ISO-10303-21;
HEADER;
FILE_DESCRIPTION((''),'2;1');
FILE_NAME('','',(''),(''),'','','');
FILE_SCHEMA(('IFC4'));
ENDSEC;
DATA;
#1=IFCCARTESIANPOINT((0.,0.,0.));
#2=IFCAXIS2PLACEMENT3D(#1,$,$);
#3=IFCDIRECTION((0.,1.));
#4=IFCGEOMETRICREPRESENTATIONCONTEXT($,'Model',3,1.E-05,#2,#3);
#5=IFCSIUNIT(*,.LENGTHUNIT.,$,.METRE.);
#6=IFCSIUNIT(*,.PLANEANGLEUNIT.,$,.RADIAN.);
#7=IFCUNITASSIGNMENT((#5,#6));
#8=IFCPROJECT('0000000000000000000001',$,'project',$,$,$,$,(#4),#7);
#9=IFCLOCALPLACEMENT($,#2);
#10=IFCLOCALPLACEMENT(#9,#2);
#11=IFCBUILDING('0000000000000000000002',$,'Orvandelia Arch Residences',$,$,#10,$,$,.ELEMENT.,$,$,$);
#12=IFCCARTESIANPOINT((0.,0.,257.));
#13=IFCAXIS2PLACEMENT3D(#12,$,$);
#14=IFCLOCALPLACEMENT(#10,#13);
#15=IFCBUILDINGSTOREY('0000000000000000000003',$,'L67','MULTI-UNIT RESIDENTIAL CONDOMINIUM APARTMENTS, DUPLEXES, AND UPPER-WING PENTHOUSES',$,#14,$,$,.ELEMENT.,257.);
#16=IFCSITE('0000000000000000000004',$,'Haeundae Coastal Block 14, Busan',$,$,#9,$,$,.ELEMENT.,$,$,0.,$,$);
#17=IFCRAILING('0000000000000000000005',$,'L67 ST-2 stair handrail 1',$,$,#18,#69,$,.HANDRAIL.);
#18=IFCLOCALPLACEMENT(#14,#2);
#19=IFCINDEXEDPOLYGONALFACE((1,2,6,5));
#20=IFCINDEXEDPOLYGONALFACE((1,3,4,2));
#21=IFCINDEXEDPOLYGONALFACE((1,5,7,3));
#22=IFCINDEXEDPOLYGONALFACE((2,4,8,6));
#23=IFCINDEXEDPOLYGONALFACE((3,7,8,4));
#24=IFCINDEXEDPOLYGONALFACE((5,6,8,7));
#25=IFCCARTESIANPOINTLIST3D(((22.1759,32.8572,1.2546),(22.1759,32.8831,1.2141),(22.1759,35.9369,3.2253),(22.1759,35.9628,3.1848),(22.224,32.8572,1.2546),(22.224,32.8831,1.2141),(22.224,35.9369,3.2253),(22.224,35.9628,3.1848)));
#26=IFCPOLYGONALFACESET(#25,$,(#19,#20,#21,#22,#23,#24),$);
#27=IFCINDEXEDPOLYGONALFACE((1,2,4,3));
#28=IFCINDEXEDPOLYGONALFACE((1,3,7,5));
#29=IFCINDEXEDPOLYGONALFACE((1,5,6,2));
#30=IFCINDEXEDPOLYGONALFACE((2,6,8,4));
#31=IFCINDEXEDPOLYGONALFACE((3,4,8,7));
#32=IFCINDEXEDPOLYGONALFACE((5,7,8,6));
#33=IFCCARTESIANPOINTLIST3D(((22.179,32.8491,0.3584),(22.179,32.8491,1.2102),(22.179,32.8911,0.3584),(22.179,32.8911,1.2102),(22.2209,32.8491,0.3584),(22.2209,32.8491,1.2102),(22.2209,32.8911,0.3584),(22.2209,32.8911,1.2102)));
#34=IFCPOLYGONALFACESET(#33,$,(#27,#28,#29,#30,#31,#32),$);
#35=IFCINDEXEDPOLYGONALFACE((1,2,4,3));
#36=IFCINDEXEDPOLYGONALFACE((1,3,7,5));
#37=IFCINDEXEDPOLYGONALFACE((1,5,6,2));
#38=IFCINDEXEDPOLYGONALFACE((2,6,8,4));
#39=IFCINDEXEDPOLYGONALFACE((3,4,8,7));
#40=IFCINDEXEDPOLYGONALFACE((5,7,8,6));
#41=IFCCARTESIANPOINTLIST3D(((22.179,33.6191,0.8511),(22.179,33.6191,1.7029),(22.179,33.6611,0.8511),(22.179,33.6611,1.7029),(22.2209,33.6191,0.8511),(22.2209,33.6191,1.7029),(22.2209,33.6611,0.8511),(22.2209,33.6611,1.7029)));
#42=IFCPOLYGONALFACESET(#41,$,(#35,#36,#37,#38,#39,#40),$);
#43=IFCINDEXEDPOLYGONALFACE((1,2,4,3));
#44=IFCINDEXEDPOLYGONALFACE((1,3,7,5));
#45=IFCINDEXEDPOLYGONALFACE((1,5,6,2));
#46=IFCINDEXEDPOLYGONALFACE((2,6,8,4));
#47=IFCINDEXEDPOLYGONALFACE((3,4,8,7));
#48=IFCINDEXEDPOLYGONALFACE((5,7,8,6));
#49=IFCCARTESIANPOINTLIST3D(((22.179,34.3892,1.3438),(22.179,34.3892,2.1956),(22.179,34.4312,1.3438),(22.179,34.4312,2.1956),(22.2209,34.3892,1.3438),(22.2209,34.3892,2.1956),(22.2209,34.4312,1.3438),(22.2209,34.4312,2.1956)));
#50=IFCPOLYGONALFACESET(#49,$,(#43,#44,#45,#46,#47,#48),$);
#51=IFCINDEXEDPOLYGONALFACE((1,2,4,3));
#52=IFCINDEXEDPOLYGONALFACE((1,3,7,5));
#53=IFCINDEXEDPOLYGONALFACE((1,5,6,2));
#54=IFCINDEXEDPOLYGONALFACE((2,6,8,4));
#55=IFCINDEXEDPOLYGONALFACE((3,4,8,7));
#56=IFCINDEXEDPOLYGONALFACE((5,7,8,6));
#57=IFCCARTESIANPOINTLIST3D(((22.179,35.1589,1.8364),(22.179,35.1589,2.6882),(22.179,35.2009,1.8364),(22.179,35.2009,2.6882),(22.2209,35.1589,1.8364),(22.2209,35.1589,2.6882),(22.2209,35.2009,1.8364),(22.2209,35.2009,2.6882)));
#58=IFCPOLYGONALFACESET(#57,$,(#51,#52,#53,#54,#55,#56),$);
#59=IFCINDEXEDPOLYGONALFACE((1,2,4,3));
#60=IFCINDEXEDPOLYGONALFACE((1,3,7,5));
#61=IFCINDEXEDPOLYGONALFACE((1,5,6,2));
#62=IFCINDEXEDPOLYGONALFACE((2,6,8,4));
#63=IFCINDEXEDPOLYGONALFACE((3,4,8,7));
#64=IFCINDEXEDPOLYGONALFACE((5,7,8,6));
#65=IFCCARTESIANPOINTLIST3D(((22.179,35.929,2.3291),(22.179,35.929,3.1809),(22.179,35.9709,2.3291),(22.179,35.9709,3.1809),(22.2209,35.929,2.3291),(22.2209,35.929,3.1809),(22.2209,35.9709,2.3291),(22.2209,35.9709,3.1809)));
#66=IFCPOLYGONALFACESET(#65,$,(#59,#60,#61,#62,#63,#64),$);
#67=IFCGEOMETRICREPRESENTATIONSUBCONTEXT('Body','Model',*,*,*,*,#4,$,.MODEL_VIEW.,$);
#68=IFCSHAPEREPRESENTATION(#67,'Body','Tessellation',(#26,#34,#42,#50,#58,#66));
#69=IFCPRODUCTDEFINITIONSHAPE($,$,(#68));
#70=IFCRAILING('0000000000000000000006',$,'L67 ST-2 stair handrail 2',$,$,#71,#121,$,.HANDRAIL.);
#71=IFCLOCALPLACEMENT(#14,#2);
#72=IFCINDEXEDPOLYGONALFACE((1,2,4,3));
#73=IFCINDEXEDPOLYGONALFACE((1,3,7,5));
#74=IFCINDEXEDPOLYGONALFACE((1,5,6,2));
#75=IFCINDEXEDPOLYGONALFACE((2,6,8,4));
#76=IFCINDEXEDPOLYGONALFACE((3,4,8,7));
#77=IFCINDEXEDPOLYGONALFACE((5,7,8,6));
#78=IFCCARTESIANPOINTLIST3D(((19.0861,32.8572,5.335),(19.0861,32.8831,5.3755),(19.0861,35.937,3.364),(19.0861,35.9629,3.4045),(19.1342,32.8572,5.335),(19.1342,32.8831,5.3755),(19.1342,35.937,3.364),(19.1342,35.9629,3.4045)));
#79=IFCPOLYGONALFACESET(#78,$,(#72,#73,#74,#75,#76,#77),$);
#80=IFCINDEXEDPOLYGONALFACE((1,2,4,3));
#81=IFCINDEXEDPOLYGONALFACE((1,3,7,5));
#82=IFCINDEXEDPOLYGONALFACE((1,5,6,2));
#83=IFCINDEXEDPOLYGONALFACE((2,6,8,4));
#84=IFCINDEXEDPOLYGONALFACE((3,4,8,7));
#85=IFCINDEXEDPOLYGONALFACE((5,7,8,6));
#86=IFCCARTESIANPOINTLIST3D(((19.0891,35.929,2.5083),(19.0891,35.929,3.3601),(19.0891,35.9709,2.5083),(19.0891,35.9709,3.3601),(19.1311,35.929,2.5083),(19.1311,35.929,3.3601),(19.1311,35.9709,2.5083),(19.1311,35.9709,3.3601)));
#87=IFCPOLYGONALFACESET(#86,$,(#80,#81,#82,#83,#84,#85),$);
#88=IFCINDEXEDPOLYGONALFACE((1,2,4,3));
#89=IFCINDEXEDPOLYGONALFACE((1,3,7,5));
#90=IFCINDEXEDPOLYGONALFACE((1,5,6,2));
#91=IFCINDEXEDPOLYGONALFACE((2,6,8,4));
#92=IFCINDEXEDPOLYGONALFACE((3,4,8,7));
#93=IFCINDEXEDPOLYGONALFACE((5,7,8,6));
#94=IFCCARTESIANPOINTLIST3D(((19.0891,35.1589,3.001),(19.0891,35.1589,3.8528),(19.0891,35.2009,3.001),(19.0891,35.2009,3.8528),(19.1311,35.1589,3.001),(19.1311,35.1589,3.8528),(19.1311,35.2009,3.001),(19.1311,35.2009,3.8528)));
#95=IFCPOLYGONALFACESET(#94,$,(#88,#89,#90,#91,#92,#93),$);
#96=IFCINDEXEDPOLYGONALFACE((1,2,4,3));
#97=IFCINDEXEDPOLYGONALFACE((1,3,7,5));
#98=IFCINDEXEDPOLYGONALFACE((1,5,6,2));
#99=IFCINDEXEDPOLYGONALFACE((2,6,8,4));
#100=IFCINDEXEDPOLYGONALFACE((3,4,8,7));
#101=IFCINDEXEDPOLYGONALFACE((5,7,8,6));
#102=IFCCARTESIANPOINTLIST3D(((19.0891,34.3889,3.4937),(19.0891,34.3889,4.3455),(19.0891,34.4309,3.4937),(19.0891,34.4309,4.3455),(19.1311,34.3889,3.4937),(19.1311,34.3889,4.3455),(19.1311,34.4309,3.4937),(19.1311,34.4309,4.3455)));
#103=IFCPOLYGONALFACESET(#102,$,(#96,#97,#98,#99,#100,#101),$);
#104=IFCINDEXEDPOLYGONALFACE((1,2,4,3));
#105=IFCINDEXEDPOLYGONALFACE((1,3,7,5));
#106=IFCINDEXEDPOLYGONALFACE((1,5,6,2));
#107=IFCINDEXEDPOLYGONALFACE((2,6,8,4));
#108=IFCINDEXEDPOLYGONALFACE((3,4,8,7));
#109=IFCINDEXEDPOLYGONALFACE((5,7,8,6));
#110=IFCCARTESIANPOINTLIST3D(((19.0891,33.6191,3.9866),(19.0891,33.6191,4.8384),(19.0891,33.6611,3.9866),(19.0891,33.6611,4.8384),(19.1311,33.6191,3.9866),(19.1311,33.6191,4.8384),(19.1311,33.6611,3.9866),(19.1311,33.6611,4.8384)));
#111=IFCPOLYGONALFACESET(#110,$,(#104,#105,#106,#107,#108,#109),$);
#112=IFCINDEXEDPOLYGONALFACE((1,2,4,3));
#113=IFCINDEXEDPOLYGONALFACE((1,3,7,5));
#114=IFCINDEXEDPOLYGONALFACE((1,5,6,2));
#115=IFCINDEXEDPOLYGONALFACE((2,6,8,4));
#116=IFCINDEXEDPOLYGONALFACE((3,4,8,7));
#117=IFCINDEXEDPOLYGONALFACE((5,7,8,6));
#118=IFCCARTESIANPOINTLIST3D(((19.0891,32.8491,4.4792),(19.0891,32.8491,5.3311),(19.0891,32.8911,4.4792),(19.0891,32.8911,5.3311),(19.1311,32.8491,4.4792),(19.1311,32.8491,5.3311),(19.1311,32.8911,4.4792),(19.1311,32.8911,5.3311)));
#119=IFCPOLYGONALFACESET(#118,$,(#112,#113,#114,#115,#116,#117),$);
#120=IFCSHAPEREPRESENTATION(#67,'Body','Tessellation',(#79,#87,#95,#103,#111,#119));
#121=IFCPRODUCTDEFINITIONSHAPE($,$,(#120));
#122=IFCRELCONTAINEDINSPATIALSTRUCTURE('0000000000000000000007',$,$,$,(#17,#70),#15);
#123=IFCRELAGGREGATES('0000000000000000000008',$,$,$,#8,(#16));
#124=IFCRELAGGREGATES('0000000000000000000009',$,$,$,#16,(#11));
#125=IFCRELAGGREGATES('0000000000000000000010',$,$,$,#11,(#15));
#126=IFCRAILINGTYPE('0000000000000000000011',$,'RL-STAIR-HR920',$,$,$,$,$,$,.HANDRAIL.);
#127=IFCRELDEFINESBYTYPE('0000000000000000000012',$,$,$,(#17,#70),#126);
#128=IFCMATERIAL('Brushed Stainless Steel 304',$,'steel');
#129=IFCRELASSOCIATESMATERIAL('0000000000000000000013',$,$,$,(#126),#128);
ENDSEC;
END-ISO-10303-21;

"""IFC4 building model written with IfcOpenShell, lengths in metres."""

from ifc_helpers import new_model, si_unit, direction, frame, origin, origin_2d, place, context, subcontext, project, spatial, rectangle, extrude, material, type_object, element, save


model = new_model("IFC4")

# Units and contexts
model_context = context("Model", 3, precision=1e-05, world=origin(), true_north=direction((0.0, 1.0)))
body_context = subcontext(model_context, "Body", "Model", "MODEL_VIEW")
ifc_project = project(units=[si_unit("LENGTHUNIT", "METRE"), si_unit("PLANEANGLEUNIT", "RADIAN")], contexts=[model_context])

# Site, building, storey
site_placement = place(None, origin())
site = spatial("IfcSite", under=ifc_project, at=site_placement, Name="Haeundae Coastal Block 14, Busan", CompositionType="ELEMENT", RefElevation=0.0)
building_placement = place(site_placement, origin())
building = spatial("IfcBuilding", under=site, at=building_placement, Name="Orvandelia Arch Residences", CompositionType="ELEMENT")
storey_placement = place(building_placement, frame((0.0, 0.0, 257.0)))
storey = spatial("IfcBuildingStorey", under=building, at=storey_placement, Name="L67", Description="MULTI-UNIT RESIDENTIAL CONDOMINIUM APARTMENTS, DUPLEXES, AND UPPER-WING PENTHOUSES", CompositionType="ELEMENT", Elevation=257.0)

# Railings
ifc_material_1 = material(Name="Brushed Stainless Steel 304", Category="steel")
railing_type_1 = type_object("IfcRailingType", Name="RL-STAIR-HR920", PredefinedType="HANDRAIL", material=ifc_material_1)
railing_1_placement = place(storey_placement, frame((22.2, 32.8701, 0.3584)))
element("IfcRailing", 1, at=railing_1_placement, inside=storey, type_object=railing_type_1, Name="L67 ST-2 stair handrail 1", PredefinedType="HANDRAIL", context=body_context, shape_type="SweptSolid", body=[
    extrude(rectangle(XDim=0.0481, YDim=0.0481, at=origin_2d()), frame((0.0, 0.0, 0.876), z_axis=(0.0, 0.84232, 0.538978), x_axis=(-1.0, 0.0, 0.0)), (0.0, 0.0, 1.0), 3.6562),
    extrude(rectangle(XDim=0.042, YDim=0.042, at=origin_2d()), origin(), (0.0, 0.0, 1.0), 0.8518),
    extrude(rectangle(XDim=0.042, YDim=0.042, at=origin_2d()), frame((0.0, 0.77, 0.4927)), (0.0, 0.0, 1.0), 0.8518),
    extrude(rectangle(XDim=0.042, YDim=0.042, at=origin_2d()), frame((0.0, 1.54, 0.9854)), (0.0, 0.0, 1.0), 0.8518),
    extrude(rectangle(XDim=0.042, YDim=0.042, at=origin_2d()), frame((0.0, 2.3098, 1.478)), (0.0, 0.0, 1.0), 0.8518),
    extrude(rectangle(XDim=0.042, YDim=0.042, at=origin_2d()), frame((0.0, 3.0798, 1.9707)), (0.0, 0.0, 1.0), 0.8518),
])
railing_2_placement = place(storey_placement, frame((19.1101, 35.95, 2.5083)))
element("IfcRailing", 2, at=railing_2_placement, inside=storey, type_object=railing_type_1, Name="L67 ST-2 stair handrail 2", PredefinedType="HANDRAIL", context=body_context, shape_type="SweptSolid", body=[
    extrude(rectangle(XDim=0.0481, YDim=0.0481, at=origin_2d()), frame((0.0, 0.0, 0.876), z_axis=(0.0, -0.84229, 0.539025), x_axis=(1.0, 0.0, 0.0)), (0.0, 0.0, 1.0), 3.6565),
    extrude(rectangle(XDim=0.042, YDim=0.042, at=origin_2d()), origin(), (0.0, 0.0, 1.0), 0.8518),
    extrude(rectangle(XDim=0.042, YDim=0.042, at=origin_2d()), frame((0.0, -0.77, 0.4927)), (0.0, 0.0, 1.0), 0.8518),
    extrude(rectangle(XDim=0.042, YDim=0.042, at=origin_2d()), frame((0.0, -1.54, 0.9854)), (0.0, 0.0, 1.0), 0.8518),
    extrude(rectangle(XDim=0.042, YDim=0.042, at=origin_2d()), frame((0.0, -2.3098, 1.4783)), (0.0, 0.0, 1.0), 0.8518),
    extrude(rectangle(XDim=0.042, YDim=0.042, at=origin_2d()), frame((0.0, -3.0798, 1.9709)), (0.0, 0.0, 1.0), 0.8518),
])

save(model, "model.ifc")
